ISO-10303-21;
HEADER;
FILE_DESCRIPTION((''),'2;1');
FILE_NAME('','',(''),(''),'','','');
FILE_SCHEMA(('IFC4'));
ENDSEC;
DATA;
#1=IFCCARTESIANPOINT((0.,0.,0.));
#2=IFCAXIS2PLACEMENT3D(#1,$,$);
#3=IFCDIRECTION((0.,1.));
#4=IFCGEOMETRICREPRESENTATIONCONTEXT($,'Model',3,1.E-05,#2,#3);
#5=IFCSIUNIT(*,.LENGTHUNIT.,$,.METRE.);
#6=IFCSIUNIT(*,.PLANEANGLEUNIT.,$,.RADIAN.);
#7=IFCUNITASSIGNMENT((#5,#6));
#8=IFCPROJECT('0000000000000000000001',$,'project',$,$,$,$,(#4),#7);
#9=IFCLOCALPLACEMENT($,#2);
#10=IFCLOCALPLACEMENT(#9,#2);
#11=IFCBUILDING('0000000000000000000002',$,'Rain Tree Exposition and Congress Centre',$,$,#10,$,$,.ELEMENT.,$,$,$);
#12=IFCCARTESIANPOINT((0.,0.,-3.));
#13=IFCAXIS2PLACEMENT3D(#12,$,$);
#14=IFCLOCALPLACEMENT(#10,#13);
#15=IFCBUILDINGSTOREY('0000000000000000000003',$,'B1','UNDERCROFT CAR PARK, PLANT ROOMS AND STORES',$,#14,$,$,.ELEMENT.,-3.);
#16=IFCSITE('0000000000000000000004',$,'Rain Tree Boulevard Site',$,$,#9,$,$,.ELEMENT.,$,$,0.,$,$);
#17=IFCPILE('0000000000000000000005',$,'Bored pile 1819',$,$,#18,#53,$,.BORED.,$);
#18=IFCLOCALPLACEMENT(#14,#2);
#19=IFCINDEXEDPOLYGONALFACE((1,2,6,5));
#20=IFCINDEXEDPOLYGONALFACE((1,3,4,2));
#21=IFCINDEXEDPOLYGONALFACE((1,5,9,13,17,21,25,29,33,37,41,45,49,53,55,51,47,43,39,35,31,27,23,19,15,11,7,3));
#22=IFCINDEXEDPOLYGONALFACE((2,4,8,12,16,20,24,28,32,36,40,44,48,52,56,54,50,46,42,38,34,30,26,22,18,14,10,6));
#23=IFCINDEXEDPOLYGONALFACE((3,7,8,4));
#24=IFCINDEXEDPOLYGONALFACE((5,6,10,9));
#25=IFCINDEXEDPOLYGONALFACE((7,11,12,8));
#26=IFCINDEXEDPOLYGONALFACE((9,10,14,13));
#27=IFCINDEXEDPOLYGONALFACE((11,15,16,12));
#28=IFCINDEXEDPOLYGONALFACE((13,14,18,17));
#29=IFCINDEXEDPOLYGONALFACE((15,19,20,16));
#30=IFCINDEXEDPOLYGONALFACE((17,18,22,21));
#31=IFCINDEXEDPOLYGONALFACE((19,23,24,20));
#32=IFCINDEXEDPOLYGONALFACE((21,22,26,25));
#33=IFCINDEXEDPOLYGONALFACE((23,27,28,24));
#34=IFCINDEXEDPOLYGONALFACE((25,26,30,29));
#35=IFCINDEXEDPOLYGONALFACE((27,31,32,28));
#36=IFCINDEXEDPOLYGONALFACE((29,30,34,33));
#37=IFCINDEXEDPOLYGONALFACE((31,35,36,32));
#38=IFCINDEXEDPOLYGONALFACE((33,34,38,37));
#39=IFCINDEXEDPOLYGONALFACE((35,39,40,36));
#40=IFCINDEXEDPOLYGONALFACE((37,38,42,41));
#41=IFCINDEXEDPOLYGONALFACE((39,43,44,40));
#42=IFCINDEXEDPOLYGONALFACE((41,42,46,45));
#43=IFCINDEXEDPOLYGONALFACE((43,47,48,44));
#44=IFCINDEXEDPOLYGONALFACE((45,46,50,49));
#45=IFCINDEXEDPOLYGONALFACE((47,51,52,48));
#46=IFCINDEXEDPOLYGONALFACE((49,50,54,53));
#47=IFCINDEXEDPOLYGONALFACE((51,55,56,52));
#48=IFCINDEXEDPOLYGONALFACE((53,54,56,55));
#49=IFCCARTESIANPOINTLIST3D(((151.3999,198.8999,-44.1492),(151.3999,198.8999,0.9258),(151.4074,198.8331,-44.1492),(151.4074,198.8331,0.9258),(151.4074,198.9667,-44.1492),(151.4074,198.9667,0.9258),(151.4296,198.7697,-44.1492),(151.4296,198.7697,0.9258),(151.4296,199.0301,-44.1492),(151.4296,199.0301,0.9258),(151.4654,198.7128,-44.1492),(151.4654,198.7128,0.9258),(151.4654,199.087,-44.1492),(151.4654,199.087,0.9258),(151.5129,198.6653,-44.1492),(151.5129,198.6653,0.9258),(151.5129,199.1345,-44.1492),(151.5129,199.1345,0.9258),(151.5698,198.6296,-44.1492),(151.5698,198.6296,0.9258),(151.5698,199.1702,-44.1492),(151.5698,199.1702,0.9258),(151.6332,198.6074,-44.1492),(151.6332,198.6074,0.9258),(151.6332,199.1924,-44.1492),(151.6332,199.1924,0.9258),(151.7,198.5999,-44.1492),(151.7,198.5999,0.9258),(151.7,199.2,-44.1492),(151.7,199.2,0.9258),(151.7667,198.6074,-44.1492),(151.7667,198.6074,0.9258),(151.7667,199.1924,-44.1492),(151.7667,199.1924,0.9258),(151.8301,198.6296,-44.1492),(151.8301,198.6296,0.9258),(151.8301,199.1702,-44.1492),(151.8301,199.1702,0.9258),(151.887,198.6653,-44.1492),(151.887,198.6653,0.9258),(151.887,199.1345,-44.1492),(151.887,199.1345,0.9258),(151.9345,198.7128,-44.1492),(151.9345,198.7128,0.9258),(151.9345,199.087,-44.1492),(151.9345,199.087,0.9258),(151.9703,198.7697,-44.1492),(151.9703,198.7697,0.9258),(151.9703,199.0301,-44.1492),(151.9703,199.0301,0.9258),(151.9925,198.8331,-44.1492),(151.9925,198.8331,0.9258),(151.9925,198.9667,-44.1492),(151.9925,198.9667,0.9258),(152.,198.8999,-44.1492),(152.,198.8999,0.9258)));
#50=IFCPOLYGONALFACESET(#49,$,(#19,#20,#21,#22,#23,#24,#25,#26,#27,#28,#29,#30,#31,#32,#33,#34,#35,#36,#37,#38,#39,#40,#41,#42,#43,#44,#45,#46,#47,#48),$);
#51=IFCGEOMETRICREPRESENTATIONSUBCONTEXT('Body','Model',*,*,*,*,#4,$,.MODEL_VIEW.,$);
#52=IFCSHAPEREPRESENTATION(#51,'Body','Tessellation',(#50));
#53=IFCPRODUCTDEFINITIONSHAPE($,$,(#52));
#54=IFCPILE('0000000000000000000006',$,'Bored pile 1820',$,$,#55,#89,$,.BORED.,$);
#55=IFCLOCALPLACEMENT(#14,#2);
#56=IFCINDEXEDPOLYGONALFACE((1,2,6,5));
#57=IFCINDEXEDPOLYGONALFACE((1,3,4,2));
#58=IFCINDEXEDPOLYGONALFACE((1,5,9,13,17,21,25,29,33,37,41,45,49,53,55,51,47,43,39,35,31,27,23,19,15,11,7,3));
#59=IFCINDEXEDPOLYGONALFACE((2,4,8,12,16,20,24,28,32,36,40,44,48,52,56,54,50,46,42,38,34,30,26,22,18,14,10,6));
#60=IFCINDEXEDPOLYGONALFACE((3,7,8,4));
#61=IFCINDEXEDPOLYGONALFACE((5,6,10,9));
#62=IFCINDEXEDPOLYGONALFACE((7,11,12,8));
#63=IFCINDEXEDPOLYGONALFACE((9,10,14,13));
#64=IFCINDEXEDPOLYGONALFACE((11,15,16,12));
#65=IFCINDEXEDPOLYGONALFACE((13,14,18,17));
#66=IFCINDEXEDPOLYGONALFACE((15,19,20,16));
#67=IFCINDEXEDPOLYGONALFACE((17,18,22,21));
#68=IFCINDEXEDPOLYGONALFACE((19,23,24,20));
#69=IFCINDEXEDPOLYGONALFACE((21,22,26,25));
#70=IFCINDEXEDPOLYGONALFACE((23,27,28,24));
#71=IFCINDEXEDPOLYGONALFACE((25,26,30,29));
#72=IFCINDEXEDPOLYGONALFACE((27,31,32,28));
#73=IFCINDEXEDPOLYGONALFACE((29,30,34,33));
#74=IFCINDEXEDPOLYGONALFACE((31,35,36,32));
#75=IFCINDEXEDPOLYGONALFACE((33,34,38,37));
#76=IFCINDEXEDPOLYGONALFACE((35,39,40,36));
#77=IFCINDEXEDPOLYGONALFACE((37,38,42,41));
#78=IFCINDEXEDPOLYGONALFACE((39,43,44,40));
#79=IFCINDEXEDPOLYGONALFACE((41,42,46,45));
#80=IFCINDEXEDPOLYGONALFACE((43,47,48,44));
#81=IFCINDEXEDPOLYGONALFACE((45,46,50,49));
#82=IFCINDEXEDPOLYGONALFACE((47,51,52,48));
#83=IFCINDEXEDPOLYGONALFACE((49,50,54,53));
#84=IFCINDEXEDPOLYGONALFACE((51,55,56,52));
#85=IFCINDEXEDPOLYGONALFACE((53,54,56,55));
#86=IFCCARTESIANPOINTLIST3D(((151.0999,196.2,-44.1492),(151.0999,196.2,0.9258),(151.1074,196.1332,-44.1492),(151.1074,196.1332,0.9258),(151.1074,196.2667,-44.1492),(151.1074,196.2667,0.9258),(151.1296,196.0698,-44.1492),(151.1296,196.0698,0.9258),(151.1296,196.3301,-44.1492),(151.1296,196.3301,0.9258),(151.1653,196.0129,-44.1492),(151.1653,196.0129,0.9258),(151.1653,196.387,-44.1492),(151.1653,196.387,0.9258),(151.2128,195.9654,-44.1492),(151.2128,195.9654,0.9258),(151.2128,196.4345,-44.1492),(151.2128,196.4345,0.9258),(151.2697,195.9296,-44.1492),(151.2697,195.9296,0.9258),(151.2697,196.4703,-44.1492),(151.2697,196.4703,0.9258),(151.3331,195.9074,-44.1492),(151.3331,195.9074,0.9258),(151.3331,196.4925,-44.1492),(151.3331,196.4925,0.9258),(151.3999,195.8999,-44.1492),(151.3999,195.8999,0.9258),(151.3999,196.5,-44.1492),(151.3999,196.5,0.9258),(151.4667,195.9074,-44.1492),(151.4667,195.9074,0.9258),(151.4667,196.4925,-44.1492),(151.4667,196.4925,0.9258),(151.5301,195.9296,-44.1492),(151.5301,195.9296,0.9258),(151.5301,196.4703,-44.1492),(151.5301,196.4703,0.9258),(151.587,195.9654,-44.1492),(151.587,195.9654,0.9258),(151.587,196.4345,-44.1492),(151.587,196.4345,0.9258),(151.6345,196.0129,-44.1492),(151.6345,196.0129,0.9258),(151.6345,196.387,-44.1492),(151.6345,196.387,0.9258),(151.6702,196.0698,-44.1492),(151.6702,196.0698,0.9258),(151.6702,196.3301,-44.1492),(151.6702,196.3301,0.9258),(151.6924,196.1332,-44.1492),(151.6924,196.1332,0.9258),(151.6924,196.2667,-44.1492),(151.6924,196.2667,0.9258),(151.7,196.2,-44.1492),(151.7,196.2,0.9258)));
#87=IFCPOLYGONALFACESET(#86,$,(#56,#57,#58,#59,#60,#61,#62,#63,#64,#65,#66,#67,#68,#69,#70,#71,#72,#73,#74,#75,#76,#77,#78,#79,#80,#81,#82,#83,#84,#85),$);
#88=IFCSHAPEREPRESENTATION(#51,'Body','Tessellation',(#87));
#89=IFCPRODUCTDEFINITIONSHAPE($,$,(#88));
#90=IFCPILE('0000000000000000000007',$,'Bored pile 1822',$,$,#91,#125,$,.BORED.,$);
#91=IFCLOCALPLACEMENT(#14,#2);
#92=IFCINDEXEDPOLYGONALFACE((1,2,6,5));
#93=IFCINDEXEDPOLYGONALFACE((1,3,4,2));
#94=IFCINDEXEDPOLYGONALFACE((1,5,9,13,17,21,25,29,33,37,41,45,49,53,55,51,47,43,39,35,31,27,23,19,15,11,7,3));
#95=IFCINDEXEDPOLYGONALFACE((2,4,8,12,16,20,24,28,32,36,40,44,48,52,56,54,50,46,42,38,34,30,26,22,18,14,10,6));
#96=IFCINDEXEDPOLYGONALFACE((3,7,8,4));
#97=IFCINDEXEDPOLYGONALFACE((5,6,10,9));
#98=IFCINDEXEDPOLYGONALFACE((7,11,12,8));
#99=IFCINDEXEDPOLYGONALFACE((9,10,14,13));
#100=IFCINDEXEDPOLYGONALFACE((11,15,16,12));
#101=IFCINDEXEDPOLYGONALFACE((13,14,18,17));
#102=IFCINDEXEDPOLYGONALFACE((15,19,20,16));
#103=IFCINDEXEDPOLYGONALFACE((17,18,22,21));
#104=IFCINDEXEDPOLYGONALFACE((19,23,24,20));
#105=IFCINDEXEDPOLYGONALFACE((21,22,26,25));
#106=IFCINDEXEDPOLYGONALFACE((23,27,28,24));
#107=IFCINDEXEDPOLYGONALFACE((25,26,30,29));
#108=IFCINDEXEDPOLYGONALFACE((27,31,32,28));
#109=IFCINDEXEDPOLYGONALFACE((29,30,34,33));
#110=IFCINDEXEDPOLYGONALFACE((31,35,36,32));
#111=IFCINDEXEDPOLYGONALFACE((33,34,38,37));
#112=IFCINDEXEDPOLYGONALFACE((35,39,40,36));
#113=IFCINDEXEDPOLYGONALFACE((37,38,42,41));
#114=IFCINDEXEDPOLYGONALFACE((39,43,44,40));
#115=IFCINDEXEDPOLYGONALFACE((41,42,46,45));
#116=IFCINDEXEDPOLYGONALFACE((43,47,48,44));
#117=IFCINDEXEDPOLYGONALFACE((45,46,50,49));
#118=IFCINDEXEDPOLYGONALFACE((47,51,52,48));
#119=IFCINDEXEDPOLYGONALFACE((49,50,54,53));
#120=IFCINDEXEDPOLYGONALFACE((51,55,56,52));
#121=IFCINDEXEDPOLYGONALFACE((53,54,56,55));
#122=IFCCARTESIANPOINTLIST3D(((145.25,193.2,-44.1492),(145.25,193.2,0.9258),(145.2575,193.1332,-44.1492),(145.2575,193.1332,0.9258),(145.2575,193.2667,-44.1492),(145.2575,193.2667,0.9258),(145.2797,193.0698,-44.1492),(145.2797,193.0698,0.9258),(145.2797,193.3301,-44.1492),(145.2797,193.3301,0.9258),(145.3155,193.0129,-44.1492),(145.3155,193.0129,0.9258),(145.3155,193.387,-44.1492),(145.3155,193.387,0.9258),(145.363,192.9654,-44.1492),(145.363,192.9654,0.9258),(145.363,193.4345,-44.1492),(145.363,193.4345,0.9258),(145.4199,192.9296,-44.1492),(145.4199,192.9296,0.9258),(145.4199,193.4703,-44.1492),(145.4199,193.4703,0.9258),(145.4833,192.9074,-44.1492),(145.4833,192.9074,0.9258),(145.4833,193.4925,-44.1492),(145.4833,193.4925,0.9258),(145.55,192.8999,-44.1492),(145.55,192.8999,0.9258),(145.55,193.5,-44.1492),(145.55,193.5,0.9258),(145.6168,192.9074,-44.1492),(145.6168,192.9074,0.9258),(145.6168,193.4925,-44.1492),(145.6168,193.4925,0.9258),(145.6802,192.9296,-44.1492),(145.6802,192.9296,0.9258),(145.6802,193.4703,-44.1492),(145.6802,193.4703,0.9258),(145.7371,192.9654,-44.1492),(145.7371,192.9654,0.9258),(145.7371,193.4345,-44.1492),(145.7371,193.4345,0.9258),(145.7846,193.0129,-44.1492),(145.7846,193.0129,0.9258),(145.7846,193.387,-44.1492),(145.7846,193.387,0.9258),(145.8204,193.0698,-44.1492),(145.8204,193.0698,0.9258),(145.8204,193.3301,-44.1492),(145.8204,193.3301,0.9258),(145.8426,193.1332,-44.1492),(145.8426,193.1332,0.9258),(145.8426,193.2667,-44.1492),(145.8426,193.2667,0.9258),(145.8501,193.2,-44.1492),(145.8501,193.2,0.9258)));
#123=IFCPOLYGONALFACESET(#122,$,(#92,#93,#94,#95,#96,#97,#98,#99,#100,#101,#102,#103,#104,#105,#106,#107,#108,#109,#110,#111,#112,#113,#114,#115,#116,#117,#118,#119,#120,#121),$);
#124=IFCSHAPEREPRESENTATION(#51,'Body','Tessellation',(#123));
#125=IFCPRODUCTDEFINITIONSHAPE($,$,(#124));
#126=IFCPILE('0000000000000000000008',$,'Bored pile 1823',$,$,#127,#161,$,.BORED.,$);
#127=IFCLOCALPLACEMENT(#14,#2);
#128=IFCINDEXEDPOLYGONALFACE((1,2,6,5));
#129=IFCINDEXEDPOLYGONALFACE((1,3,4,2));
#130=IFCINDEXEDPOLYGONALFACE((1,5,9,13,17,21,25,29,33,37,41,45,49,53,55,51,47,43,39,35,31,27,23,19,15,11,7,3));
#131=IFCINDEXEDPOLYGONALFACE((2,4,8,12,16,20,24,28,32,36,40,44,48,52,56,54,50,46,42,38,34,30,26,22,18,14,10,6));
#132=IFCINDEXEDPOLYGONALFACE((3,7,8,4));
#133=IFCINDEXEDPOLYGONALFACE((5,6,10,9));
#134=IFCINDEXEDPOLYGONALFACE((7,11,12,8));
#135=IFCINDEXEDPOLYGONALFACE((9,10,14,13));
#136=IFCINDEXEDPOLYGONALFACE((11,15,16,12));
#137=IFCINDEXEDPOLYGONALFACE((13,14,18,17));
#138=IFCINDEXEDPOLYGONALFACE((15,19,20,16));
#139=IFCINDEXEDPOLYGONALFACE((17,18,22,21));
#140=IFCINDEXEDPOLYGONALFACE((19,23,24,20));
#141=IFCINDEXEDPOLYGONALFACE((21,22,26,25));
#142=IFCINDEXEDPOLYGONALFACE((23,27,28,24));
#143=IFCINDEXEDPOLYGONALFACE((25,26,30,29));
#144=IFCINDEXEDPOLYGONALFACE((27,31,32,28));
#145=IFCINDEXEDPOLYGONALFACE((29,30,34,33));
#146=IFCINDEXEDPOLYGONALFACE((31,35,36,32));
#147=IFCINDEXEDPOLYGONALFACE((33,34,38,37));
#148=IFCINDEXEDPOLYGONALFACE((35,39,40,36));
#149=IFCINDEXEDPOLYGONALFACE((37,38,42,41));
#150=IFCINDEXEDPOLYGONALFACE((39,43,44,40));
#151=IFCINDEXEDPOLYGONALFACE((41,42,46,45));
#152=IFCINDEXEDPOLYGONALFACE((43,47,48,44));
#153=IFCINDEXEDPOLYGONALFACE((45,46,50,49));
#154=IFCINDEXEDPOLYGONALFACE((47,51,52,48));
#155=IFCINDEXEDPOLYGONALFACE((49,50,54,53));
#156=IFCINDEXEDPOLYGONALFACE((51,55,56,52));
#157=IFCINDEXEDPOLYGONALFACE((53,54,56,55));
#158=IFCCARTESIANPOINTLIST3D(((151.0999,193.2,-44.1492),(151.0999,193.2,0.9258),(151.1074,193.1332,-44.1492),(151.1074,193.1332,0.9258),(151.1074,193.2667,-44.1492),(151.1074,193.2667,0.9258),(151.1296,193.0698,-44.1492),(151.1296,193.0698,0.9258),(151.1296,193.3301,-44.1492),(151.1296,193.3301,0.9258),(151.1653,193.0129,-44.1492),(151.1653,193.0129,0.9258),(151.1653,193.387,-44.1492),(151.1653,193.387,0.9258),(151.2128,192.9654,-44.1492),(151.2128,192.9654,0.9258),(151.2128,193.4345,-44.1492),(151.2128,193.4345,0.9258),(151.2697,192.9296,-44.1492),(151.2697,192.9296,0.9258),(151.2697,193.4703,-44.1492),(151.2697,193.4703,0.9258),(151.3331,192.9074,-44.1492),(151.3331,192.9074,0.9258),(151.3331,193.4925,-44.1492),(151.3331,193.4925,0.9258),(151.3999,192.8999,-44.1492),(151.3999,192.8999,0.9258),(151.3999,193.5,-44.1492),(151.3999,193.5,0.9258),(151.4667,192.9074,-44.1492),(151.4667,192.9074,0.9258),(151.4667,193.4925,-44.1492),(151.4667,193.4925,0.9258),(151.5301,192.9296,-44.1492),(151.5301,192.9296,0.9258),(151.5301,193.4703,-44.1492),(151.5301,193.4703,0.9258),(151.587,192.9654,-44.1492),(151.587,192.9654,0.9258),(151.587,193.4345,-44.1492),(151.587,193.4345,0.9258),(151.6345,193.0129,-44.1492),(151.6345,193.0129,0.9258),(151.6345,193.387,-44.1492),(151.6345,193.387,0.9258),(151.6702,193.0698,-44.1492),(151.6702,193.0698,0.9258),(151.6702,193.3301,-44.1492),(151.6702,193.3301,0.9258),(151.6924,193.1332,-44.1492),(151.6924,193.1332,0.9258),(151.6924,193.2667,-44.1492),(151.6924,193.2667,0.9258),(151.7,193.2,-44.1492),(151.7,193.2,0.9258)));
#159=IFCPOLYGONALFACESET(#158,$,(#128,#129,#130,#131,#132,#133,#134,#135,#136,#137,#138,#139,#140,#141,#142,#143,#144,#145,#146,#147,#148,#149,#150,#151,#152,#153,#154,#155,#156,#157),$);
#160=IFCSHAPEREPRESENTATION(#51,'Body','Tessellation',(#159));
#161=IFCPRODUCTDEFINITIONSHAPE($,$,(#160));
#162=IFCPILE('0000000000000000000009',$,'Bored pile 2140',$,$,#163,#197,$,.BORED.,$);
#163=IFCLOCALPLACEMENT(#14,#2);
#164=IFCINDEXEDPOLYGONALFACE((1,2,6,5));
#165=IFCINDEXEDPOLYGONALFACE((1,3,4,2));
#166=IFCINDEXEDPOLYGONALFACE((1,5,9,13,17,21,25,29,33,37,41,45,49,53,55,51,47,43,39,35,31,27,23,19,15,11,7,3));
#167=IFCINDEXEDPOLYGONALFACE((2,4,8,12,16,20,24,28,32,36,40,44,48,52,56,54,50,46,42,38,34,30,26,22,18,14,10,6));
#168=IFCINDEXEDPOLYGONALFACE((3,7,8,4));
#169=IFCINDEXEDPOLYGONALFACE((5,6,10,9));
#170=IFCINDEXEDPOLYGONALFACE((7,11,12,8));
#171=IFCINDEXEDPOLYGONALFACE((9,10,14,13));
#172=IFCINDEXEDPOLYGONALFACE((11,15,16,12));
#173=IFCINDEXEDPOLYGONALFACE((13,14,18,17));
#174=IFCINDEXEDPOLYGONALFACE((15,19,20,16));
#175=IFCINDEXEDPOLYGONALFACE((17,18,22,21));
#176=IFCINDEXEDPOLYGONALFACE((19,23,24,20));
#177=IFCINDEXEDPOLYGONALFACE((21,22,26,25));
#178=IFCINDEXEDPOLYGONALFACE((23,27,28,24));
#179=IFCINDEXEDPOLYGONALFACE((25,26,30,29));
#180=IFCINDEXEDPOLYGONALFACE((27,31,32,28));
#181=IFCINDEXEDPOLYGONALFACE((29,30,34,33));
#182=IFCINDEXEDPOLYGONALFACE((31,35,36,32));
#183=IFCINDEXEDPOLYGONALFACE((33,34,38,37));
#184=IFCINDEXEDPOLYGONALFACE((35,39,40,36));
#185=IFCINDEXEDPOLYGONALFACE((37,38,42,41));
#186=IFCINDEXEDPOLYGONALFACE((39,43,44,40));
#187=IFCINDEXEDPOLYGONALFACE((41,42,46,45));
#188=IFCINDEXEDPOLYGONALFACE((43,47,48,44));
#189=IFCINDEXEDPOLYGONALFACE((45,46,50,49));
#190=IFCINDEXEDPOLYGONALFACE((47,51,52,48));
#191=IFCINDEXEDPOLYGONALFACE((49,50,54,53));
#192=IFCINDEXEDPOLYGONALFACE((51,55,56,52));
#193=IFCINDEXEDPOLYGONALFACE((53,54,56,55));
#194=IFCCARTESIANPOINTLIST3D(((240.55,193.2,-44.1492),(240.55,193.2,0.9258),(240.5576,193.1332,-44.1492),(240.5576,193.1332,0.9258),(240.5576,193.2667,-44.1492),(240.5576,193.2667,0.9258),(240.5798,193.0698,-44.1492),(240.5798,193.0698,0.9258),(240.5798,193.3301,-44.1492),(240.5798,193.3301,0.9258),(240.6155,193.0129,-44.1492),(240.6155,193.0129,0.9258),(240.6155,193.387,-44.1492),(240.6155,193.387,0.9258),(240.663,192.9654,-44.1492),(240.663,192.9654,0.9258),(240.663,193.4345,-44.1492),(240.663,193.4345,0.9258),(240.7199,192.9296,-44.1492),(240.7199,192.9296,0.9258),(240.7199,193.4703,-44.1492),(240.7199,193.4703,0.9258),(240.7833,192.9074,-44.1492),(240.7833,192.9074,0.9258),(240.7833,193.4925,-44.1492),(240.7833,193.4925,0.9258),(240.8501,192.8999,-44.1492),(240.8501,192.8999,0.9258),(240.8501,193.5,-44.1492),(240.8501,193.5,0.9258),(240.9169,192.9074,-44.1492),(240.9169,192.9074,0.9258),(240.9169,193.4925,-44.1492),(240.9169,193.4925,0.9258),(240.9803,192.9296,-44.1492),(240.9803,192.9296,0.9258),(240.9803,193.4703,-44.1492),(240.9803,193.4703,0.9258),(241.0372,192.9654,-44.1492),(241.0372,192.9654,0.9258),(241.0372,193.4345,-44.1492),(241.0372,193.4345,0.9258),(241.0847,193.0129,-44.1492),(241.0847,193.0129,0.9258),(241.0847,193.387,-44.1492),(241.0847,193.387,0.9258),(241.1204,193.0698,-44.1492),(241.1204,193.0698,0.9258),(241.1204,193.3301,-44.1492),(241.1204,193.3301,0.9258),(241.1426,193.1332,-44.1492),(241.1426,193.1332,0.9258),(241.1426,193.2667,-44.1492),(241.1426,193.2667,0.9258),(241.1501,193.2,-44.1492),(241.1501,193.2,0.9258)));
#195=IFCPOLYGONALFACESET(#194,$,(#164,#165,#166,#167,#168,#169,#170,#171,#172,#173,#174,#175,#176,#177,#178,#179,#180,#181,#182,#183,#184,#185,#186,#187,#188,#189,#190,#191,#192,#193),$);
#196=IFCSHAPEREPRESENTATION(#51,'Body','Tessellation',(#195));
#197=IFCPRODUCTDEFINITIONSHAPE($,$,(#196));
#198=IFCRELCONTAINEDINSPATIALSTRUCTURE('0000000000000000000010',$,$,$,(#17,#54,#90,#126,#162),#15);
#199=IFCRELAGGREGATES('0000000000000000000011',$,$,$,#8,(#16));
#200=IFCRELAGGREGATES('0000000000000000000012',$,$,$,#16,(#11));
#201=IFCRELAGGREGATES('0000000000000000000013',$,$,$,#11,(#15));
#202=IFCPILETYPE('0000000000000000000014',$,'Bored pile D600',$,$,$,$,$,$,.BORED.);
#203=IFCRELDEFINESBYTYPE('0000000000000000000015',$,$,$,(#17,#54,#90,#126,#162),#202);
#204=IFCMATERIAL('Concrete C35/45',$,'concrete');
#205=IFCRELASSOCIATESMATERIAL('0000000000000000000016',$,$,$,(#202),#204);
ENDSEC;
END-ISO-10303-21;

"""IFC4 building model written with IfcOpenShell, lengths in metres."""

from ifc_helpers import new_model, si_unit, direction, frame, origin, origin_2d, place, context, subcontext, project, spatial, circle, extrude, material, material_profile, profile_set, type_object, element, save


model = new_model("IFC4")

# Units and contexts
model_context = context("Model", 3, precision=1e-05, world=origin(), true_north=direction((0.0, 1.0)))
body_context = subcontext(model_context, "Body", "Model", "MODEL_VIEW")
ifc_project = project(units=[si_unit("LENGTHUNIT", "METRE"), si_unit("PLANEANGLEUNIT", "RADIAN")], contexts=[model_context])

# Site, building, storey
site_placement = place(None, origin())
site = spatial("IfcSite", under=ifc_project, at=site_placement, Name="Rain Tree Boulevard Site", CompositionType="ELEMENT", RefElevation=0.0)
building_placement = place(site_placement, origin())
building = spatial("IfcBuilding", under=site, at=building_placement, Name="Rain Tree Exposition and Congress Centre", CompositionType="ELEMENT")
storey_placement = place(building_placement, frame((0.0, 0.0, -3.0)))
storey = spatial("IfcBuildingStorey", under=building, at=storey_placement, Name="B1", Description="UNDERCROFT CAR PARK, PLANT ROOMS AND STORES", CompositionType="ELEMENT", Elevation=-3.0)

# Piles
ifc_material_1 = material(Name="Concrete C35/45", Category="concrete")
ifc_material_profile_1 = material_profile(ifc_material_1, circle(Radius=0.3, at=origin_2d()), Name="D600")
ifc_profile_set_1 = profile_set([ifc_material_profile_1], Name="Concrete C35/45")
pile_type_1 = type_object("IfcPileType", Name="Bored pile D600", PredefinedType="BORED", material=ifc_profile_set_1)
for number, where, z_axis, x_axis, name in (
    (1, (151.7, 198.8999, 0.9258), (0.0, 0.0, -1.0), (1.0, 0.0, 0.0), "Bored pile 1819"),
    (2, (151.3999, 196.2, 0.9258), (0.0, 0.0, -1.0), (1.0, 0.0, 0.0), "Bored pile 1820"),
    (3, (145.55, 193.2, 0.9258), (0.0, 0.0, -1.0), (1.0, 0.0, 0.0), "Bored pile 1822"),
    (4, (151.3999, 193.2, 0.9258), (0.0, 0.0, -1.0), (1.0, 0.0, 0.0), "Bored pile 1823"),
    (5, (240.8501, 193.2, 0.9258), (0.0, 0.0, -1.0), (1.0, 0.0, 0.0), "Bored pile 2140"),
):
    element("IfcPile", number, at=place(storey_placement, frame(where, z_axis=z_axis, x_axis=x_axis)), inside=storey, type_object=pile_type_1, Name=name, PredefinedType="BORED", context=body_context, shape_type="SweptSolid", body=[
        extrude(circle(Radius=0.3, at=origin_2d()), origin(), (0.0, 0.0, 1.0), 45.075),
    ])

save(model, "model.ifc")
